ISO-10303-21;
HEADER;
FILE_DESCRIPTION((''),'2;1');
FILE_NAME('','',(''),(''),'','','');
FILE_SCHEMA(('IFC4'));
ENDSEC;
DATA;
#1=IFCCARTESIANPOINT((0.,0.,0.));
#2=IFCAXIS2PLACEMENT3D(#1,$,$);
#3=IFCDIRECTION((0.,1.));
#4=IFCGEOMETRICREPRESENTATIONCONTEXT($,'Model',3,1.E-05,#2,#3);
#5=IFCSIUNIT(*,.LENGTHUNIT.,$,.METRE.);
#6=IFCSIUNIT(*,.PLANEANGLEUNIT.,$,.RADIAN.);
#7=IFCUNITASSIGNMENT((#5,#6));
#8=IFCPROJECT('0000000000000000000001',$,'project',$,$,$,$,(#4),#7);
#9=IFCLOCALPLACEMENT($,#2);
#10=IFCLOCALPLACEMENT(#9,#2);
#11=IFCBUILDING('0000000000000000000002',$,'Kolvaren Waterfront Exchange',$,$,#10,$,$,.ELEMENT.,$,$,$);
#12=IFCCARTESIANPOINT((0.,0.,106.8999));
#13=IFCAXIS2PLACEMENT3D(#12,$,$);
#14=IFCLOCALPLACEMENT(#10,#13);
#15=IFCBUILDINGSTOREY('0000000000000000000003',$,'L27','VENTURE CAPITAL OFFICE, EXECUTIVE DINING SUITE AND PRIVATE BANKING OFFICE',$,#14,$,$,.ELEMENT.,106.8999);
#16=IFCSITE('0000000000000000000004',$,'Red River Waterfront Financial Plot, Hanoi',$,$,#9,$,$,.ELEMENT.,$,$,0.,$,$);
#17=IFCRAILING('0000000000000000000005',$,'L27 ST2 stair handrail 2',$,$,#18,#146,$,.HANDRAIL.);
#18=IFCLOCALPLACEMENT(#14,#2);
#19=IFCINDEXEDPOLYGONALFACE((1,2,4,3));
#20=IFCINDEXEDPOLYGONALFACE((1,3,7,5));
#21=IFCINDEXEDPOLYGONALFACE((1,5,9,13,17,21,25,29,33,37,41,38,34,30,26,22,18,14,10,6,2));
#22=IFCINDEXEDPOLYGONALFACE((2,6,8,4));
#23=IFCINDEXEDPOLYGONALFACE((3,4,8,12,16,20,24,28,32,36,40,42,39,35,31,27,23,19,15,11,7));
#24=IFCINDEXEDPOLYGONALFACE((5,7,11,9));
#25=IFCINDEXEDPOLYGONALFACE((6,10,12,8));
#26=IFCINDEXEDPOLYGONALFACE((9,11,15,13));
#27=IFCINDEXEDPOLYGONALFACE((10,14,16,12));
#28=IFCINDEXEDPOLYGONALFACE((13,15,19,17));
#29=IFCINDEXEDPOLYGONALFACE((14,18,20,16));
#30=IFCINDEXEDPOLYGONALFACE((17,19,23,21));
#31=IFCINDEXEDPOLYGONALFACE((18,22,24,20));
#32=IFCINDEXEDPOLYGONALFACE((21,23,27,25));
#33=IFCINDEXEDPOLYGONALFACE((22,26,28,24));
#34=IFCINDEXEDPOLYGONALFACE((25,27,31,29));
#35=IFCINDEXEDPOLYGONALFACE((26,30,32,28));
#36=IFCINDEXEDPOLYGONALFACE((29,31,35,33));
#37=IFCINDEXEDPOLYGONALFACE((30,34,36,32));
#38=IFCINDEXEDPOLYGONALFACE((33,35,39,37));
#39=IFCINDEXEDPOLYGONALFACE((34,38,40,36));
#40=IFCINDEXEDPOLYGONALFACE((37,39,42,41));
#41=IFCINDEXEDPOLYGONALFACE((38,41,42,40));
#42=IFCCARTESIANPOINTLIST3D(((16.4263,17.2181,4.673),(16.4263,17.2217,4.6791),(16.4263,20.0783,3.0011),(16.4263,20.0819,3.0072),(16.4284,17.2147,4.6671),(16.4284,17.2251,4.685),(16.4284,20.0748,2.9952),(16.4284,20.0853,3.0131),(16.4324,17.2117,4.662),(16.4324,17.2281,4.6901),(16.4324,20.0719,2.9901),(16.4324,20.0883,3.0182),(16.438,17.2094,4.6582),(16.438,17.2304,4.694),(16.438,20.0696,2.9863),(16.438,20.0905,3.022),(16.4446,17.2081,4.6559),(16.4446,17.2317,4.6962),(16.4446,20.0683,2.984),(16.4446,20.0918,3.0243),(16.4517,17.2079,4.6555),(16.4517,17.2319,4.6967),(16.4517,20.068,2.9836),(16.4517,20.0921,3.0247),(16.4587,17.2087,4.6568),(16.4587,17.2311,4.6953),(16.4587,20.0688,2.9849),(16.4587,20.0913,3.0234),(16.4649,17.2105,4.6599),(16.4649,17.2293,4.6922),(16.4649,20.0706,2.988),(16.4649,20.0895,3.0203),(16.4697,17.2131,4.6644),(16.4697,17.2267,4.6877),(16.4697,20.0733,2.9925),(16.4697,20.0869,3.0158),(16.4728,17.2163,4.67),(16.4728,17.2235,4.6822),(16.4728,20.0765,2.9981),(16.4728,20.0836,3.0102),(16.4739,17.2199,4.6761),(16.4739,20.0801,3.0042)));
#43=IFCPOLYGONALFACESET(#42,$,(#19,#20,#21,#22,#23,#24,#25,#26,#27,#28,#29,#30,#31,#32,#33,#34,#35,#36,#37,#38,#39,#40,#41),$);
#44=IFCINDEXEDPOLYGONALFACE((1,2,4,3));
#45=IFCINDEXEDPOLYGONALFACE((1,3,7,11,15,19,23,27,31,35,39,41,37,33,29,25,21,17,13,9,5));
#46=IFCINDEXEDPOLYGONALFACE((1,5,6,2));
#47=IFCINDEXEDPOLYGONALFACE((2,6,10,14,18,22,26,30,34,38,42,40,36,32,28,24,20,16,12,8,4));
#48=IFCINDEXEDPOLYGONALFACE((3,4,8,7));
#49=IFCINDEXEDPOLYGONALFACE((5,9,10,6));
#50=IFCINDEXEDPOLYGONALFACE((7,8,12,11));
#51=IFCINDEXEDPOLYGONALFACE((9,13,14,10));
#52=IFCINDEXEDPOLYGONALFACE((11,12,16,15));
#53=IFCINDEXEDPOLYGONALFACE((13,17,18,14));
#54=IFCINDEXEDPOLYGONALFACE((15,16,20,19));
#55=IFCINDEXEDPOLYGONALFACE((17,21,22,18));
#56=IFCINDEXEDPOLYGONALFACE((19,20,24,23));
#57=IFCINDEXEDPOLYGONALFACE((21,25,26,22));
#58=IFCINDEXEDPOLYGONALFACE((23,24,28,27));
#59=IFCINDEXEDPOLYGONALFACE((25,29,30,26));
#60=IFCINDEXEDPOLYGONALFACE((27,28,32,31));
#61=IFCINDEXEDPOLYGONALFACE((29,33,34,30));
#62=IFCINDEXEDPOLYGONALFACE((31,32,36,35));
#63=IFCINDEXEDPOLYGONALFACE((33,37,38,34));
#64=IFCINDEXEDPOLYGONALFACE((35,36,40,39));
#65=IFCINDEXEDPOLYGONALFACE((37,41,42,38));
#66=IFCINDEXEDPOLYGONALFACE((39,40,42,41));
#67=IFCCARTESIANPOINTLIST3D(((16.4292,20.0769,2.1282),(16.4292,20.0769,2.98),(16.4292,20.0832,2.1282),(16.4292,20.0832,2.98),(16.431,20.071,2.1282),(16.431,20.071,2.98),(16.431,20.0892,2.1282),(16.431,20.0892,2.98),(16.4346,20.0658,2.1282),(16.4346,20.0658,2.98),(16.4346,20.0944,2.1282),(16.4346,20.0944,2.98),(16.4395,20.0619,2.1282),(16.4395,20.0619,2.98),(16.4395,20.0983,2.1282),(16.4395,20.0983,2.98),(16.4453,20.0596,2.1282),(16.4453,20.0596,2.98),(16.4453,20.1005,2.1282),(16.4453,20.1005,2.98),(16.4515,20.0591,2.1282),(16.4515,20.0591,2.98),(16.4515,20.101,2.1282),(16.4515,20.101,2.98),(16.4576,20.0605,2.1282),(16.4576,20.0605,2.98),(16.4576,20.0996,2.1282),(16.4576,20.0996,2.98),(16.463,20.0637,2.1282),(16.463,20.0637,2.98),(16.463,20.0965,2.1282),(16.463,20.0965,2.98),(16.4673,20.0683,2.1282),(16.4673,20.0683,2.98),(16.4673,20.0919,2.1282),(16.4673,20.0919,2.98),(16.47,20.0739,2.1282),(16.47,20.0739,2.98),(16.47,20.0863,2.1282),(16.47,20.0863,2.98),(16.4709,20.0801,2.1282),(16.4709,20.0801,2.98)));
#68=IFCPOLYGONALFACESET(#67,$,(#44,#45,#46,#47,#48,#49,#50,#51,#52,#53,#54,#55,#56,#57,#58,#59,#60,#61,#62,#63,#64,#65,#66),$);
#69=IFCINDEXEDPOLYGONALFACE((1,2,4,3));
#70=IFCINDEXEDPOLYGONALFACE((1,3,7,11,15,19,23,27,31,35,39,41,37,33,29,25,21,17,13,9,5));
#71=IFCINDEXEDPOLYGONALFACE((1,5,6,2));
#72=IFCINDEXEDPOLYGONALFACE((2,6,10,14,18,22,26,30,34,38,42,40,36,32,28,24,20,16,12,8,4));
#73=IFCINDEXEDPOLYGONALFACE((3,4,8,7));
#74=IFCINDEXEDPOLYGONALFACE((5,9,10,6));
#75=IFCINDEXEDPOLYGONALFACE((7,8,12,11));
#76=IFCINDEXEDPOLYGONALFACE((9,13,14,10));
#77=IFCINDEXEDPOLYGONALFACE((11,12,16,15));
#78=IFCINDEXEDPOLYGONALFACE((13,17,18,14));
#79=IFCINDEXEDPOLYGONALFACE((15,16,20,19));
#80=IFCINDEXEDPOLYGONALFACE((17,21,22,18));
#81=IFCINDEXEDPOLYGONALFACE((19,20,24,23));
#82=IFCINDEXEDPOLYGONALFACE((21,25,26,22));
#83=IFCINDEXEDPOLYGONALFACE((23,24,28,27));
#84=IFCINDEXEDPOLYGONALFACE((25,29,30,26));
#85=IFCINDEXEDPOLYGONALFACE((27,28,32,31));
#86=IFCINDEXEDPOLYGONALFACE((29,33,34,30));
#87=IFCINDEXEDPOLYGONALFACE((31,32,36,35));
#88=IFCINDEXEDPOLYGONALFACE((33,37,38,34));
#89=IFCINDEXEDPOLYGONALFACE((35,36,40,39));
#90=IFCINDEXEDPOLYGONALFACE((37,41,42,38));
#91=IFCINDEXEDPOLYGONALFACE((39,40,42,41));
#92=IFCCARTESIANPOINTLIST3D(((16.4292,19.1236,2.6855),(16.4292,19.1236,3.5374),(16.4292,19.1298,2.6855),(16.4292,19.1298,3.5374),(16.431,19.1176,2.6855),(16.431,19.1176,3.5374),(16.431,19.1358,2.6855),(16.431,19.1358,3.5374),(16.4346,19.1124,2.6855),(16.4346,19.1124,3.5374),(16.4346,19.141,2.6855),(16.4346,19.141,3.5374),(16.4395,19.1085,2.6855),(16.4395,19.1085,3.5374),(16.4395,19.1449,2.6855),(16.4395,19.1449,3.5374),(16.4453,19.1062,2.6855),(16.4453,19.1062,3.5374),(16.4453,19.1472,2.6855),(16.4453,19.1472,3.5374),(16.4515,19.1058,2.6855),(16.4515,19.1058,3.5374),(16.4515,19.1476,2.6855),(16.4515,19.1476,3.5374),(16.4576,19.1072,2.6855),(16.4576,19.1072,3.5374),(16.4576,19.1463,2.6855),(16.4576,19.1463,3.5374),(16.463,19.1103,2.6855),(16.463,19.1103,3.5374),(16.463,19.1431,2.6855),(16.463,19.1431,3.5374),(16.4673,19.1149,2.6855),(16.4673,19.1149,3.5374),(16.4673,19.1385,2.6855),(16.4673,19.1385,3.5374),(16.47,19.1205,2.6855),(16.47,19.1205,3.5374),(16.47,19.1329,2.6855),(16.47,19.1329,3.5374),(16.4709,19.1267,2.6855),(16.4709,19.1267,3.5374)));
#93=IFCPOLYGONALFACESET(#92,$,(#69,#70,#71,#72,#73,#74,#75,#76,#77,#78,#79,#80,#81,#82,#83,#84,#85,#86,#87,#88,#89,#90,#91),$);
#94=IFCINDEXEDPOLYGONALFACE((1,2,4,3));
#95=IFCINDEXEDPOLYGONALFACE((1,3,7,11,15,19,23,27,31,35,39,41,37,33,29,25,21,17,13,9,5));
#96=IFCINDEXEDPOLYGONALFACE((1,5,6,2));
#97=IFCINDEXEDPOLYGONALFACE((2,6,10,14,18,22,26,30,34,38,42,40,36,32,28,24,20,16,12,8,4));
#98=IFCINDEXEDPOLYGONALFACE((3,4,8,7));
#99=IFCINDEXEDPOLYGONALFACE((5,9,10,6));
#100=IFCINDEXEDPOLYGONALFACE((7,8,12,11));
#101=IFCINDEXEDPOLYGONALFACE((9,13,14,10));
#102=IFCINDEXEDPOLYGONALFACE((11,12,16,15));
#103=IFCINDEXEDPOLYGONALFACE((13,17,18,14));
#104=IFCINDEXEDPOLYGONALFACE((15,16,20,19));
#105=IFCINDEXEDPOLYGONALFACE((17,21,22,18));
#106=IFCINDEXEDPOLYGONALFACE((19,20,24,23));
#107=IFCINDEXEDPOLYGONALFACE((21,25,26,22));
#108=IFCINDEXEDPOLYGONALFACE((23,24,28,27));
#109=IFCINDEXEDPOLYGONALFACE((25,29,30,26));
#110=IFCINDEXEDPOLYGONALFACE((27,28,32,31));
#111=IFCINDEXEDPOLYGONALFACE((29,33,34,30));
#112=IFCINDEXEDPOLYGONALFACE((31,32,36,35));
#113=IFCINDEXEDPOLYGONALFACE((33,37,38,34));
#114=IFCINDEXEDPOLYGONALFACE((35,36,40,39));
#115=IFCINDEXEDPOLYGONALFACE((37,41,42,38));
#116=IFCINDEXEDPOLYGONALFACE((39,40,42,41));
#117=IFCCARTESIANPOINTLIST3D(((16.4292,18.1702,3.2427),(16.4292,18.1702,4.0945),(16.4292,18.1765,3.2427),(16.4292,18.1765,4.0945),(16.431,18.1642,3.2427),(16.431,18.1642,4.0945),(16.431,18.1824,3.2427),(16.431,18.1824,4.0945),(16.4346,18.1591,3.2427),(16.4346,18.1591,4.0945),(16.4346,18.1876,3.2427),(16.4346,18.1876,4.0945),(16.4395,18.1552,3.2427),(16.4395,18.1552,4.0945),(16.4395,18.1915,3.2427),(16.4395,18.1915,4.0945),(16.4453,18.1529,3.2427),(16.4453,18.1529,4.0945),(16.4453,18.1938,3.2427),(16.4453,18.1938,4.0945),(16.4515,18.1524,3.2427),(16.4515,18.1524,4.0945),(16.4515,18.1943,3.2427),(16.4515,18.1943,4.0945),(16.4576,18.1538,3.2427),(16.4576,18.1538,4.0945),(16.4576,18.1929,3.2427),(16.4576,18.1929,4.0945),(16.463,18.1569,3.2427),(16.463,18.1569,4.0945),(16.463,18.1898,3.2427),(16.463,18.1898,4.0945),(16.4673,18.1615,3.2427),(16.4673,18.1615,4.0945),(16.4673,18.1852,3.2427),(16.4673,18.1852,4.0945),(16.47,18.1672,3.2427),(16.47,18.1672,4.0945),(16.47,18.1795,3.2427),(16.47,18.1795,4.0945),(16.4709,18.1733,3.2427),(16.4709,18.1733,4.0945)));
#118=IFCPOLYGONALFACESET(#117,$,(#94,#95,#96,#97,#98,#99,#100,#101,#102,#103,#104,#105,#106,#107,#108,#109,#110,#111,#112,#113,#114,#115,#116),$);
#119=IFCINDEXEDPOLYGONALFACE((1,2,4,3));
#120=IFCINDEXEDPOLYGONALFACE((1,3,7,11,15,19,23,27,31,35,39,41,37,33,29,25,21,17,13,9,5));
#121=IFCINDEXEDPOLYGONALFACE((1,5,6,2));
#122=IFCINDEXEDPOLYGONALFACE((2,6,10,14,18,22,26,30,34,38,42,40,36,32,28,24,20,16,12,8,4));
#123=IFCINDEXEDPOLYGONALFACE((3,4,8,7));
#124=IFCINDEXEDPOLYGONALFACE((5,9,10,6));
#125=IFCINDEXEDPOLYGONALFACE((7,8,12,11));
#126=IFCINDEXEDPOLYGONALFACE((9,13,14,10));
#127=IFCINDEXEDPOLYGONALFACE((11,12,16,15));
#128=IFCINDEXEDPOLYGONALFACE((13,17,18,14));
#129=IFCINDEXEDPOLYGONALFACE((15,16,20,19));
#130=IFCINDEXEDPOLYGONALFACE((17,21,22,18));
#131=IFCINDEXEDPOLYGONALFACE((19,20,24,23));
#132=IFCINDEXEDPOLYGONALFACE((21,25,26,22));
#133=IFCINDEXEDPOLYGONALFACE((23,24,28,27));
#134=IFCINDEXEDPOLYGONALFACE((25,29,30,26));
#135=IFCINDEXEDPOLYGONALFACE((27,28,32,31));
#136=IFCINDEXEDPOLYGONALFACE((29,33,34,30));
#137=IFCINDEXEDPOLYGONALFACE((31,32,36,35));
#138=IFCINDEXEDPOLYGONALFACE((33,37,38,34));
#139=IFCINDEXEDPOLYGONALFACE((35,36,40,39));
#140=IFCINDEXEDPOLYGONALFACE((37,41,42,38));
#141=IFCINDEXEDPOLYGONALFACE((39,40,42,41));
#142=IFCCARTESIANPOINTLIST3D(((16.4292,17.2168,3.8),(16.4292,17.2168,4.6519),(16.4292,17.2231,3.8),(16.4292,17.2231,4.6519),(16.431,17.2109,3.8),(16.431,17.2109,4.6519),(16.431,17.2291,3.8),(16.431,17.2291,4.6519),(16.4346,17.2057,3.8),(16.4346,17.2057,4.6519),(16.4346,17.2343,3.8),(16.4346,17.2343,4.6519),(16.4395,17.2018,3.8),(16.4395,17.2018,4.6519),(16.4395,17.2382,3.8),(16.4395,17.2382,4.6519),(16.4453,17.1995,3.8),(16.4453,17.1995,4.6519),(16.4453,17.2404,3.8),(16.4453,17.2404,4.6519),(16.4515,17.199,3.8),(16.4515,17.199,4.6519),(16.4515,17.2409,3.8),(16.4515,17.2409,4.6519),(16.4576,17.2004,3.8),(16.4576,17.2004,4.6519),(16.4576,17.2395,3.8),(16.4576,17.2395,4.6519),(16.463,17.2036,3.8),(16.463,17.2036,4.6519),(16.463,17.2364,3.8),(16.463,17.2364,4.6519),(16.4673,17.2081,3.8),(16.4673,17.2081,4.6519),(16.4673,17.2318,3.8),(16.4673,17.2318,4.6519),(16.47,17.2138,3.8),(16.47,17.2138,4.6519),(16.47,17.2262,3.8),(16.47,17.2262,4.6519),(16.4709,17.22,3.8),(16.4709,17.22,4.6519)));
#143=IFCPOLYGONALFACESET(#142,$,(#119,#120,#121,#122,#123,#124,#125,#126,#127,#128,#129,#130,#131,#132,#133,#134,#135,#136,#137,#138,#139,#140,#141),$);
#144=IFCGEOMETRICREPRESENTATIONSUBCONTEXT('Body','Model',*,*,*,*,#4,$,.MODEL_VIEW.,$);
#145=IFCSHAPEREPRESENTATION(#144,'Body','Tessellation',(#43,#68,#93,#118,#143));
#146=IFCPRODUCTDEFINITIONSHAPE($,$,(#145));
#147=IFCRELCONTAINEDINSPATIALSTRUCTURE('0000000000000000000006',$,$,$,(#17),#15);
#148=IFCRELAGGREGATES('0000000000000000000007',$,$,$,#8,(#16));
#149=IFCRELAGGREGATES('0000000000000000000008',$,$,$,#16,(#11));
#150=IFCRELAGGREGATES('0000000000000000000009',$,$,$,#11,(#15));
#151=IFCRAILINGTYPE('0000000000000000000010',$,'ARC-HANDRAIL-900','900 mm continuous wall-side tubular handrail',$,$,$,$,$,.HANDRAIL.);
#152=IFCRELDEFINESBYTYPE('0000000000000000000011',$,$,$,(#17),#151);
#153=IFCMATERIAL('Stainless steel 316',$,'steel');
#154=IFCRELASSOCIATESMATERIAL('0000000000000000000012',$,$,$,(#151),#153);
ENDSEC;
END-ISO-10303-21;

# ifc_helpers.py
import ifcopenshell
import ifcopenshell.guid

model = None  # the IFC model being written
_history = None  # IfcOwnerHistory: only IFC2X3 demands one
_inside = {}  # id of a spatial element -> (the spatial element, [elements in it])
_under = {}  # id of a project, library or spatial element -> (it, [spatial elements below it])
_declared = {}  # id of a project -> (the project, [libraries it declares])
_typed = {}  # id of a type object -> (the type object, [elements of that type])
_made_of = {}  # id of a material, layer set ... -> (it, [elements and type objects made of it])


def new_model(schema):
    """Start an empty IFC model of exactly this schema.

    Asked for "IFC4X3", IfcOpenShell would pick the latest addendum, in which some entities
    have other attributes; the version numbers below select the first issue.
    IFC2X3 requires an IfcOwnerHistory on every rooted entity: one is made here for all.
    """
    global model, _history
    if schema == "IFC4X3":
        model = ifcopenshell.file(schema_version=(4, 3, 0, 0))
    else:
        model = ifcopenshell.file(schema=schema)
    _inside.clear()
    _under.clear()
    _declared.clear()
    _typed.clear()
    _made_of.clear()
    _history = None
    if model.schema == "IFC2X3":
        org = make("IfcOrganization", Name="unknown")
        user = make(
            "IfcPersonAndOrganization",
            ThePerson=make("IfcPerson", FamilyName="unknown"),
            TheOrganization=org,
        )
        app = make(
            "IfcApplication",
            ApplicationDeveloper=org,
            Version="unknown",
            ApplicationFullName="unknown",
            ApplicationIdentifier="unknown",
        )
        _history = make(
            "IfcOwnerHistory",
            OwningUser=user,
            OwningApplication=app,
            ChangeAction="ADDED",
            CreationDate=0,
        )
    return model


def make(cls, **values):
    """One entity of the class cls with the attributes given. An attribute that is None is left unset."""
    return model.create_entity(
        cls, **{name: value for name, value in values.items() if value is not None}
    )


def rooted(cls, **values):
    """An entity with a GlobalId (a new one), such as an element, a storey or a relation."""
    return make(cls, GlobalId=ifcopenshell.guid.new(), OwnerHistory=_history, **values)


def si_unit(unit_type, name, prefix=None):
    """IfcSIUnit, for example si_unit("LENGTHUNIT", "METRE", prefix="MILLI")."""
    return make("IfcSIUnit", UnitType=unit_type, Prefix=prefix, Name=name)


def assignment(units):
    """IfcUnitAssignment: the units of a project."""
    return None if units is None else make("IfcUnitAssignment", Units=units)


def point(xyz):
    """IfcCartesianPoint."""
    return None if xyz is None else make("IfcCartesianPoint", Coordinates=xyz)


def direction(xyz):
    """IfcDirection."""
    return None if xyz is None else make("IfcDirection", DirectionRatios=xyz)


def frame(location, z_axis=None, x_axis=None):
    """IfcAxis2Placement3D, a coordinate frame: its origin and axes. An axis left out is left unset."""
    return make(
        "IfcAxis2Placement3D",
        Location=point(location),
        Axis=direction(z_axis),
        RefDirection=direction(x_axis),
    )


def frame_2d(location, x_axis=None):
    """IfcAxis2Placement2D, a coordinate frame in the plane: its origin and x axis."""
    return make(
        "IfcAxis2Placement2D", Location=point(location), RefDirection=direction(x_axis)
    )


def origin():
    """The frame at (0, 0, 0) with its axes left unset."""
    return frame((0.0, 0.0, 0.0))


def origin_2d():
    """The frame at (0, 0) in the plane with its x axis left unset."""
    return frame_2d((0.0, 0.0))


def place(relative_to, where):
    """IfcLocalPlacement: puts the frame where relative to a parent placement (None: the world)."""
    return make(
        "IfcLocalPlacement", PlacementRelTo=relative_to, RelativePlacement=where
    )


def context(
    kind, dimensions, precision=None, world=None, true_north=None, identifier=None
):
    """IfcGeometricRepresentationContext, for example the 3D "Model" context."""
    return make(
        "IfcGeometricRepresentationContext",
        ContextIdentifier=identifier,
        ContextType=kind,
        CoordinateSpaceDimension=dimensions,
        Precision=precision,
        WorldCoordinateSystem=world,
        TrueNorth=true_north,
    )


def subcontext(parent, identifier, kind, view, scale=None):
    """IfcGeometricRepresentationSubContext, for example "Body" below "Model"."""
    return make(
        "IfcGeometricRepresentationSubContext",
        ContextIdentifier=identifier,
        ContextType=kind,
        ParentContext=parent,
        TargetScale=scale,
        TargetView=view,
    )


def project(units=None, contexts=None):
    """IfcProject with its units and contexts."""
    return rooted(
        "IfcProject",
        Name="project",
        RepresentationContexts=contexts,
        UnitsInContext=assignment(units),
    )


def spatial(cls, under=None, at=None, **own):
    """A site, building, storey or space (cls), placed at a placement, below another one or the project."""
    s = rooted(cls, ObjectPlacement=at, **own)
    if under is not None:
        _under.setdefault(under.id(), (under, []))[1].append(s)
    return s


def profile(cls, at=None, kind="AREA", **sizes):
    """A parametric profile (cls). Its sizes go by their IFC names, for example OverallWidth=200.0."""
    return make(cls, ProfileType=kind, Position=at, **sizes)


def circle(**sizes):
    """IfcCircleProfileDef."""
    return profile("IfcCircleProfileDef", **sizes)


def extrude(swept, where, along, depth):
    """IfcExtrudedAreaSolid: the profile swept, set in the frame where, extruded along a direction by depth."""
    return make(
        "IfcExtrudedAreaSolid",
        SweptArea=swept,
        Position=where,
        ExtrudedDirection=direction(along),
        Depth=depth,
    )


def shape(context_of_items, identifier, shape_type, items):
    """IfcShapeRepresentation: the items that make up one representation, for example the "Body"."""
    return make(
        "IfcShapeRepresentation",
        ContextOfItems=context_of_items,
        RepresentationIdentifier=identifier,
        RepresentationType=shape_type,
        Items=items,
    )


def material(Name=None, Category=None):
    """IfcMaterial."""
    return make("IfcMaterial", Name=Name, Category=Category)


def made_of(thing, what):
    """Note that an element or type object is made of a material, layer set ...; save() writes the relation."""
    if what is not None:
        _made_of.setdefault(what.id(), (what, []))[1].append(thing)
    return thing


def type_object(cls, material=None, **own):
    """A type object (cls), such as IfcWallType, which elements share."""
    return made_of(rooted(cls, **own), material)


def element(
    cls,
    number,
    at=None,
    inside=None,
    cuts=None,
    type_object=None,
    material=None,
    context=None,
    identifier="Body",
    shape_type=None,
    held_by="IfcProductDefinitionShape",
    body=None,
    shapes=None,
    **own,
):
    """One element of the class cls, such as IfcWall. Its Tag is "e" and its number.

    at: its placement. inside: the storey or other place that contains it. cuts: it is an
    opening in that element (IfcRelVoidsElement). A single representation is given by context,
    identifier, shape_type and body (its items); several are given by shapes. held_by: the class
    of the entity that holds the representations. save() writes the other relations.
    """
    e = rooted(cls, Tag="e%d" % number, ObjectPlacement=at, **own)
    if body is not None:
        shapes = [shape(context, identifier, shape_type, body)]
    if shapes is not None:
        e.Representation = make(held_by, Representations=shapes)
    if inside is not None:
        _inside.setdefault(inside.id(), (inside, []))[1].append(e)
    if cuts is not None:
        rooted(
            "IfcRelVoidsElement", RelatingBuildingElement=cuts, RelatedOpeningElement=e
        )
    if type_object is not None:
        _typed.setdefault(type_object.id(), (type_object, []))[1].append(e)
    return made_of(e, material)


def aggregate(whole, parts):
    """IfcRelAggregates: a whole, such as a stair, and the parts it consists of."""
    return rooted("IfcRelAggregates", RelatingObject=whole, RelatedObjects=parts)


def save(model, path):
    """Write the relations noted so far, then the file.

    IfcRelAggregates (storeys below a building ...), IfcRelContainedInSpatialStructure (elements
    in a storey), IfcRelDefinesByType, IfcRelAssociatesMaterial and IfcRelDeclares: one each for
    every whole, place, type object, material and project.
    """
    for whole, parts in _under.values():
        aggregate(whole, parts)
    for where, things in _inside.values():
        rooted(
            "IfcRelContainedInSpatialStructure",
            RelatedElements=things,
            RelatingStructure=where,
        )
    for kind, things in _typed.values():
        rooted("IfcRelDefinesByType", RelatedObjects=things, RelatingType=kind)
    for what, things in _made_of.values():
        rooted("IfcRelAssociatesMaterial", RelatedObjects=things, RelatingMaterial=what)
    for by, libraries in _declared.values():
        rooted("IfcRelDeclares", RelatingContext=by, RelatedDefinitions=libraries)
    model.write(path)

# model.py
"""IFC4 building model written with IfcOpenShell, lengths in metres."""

from ifc_helpers import new_model, si_unit, direction, frame, origin, origin_2d, place, context, subcontext, project, spatial, circle, extrude, material, type_object, element, save


model = new_model("IFC4")

# Units and contexts
model_context = context("Model", 3, precision=1e-05, world=origin(), true_north=direction((0.0, 1.0)))
body_context = subcontext(model_context, "Body", "Model", "MODEL_VIEW")
ifc_project = project(units=[si_unit("LENGTHUNIT", "METRE"), si_unit("PLANEANGLEUNIT", "RADIAN")], contexts=[model_context])

# Site, building, storey
site_placement = place(None, origin())
site = spatial("IfcSite", under=ifc_project, at=site_placement, Name="Red River Waterfront Financial Plot, Hanoi", CompositionType="ELEMENT", RefElevation=0.0)
building_placement = place(site_placement, origin())
building = spatial("IfcBuilding", under=site, at=building_placement, Name="Kolvaren Waterfront Exchange", CompositionType="ELEMENT")
storey_placement = place(building_placement, frame((0.0, 0.0, 106.8999)))
storey = spatial("IfcBuildingStorey", under=building, at=storey_placement, Name="L27", Description="VENTURE CAPITAL OFFICE, EXECUTIVE DINING SUITE AND PRIVATE BANKING OFFICE", CompositionType="ELEMENT", Elevation=106.8999)

# Railing
ifc_material_1 = material(Name="Stainless steel 316", Category="steel")
railing_type_1 = type_object("IfcRailingType", Name="ARC-HANDRAIL-900", Description="900 mm continuous wall-side tubular handrail", PredefinedType="HANDRAIL", material=ifc_material_1)
railing_1_placement = place(storey_placement, frame((16.45, 20.0801, 2.1282)))
element("IfcRailing", 1, at=railing_1_placement, inside=storey, type_object=railing_type_1, Name="L27 ST2 stair handrail 2", PredefinedType="HANDRAIL", context=body_context, shape_type="SweptSolid", body=[
    extrude(circle(Radius=0.0239, at=origin_2d()), frame((0.0, 0.0, 0.876), z_axis=(0.0, -0.863321, 0.504654), x_axis=(1.0, 0.0, 0.0)), (0.0, 0.0, 1.0), 3.313),
    extrude(circle(Radius=0.021, at=origin_2d()), origin(), (0.0, 0.0, 1.0), 0.8518),
    extrude(circle(Radius=0.021, at=origin_2d()), frame((0.0, -0.9534, 0.5574)), (0.0, 0.0, 1.0), 0.8518),
    extrude(circle(Radius=0.021, at=origin_2d()), frame((0.0, -1.9067, 1.1145)), (0.0, 0.0, 1.0), 0.8518),
    extrude(circle(Radius=0.021, at=origin_2d()), frame((0.0, -2.8601, 1.6719)), (0.0, 0.0, 1.0), 0.8518),
])

save(model, "model.ifc")
